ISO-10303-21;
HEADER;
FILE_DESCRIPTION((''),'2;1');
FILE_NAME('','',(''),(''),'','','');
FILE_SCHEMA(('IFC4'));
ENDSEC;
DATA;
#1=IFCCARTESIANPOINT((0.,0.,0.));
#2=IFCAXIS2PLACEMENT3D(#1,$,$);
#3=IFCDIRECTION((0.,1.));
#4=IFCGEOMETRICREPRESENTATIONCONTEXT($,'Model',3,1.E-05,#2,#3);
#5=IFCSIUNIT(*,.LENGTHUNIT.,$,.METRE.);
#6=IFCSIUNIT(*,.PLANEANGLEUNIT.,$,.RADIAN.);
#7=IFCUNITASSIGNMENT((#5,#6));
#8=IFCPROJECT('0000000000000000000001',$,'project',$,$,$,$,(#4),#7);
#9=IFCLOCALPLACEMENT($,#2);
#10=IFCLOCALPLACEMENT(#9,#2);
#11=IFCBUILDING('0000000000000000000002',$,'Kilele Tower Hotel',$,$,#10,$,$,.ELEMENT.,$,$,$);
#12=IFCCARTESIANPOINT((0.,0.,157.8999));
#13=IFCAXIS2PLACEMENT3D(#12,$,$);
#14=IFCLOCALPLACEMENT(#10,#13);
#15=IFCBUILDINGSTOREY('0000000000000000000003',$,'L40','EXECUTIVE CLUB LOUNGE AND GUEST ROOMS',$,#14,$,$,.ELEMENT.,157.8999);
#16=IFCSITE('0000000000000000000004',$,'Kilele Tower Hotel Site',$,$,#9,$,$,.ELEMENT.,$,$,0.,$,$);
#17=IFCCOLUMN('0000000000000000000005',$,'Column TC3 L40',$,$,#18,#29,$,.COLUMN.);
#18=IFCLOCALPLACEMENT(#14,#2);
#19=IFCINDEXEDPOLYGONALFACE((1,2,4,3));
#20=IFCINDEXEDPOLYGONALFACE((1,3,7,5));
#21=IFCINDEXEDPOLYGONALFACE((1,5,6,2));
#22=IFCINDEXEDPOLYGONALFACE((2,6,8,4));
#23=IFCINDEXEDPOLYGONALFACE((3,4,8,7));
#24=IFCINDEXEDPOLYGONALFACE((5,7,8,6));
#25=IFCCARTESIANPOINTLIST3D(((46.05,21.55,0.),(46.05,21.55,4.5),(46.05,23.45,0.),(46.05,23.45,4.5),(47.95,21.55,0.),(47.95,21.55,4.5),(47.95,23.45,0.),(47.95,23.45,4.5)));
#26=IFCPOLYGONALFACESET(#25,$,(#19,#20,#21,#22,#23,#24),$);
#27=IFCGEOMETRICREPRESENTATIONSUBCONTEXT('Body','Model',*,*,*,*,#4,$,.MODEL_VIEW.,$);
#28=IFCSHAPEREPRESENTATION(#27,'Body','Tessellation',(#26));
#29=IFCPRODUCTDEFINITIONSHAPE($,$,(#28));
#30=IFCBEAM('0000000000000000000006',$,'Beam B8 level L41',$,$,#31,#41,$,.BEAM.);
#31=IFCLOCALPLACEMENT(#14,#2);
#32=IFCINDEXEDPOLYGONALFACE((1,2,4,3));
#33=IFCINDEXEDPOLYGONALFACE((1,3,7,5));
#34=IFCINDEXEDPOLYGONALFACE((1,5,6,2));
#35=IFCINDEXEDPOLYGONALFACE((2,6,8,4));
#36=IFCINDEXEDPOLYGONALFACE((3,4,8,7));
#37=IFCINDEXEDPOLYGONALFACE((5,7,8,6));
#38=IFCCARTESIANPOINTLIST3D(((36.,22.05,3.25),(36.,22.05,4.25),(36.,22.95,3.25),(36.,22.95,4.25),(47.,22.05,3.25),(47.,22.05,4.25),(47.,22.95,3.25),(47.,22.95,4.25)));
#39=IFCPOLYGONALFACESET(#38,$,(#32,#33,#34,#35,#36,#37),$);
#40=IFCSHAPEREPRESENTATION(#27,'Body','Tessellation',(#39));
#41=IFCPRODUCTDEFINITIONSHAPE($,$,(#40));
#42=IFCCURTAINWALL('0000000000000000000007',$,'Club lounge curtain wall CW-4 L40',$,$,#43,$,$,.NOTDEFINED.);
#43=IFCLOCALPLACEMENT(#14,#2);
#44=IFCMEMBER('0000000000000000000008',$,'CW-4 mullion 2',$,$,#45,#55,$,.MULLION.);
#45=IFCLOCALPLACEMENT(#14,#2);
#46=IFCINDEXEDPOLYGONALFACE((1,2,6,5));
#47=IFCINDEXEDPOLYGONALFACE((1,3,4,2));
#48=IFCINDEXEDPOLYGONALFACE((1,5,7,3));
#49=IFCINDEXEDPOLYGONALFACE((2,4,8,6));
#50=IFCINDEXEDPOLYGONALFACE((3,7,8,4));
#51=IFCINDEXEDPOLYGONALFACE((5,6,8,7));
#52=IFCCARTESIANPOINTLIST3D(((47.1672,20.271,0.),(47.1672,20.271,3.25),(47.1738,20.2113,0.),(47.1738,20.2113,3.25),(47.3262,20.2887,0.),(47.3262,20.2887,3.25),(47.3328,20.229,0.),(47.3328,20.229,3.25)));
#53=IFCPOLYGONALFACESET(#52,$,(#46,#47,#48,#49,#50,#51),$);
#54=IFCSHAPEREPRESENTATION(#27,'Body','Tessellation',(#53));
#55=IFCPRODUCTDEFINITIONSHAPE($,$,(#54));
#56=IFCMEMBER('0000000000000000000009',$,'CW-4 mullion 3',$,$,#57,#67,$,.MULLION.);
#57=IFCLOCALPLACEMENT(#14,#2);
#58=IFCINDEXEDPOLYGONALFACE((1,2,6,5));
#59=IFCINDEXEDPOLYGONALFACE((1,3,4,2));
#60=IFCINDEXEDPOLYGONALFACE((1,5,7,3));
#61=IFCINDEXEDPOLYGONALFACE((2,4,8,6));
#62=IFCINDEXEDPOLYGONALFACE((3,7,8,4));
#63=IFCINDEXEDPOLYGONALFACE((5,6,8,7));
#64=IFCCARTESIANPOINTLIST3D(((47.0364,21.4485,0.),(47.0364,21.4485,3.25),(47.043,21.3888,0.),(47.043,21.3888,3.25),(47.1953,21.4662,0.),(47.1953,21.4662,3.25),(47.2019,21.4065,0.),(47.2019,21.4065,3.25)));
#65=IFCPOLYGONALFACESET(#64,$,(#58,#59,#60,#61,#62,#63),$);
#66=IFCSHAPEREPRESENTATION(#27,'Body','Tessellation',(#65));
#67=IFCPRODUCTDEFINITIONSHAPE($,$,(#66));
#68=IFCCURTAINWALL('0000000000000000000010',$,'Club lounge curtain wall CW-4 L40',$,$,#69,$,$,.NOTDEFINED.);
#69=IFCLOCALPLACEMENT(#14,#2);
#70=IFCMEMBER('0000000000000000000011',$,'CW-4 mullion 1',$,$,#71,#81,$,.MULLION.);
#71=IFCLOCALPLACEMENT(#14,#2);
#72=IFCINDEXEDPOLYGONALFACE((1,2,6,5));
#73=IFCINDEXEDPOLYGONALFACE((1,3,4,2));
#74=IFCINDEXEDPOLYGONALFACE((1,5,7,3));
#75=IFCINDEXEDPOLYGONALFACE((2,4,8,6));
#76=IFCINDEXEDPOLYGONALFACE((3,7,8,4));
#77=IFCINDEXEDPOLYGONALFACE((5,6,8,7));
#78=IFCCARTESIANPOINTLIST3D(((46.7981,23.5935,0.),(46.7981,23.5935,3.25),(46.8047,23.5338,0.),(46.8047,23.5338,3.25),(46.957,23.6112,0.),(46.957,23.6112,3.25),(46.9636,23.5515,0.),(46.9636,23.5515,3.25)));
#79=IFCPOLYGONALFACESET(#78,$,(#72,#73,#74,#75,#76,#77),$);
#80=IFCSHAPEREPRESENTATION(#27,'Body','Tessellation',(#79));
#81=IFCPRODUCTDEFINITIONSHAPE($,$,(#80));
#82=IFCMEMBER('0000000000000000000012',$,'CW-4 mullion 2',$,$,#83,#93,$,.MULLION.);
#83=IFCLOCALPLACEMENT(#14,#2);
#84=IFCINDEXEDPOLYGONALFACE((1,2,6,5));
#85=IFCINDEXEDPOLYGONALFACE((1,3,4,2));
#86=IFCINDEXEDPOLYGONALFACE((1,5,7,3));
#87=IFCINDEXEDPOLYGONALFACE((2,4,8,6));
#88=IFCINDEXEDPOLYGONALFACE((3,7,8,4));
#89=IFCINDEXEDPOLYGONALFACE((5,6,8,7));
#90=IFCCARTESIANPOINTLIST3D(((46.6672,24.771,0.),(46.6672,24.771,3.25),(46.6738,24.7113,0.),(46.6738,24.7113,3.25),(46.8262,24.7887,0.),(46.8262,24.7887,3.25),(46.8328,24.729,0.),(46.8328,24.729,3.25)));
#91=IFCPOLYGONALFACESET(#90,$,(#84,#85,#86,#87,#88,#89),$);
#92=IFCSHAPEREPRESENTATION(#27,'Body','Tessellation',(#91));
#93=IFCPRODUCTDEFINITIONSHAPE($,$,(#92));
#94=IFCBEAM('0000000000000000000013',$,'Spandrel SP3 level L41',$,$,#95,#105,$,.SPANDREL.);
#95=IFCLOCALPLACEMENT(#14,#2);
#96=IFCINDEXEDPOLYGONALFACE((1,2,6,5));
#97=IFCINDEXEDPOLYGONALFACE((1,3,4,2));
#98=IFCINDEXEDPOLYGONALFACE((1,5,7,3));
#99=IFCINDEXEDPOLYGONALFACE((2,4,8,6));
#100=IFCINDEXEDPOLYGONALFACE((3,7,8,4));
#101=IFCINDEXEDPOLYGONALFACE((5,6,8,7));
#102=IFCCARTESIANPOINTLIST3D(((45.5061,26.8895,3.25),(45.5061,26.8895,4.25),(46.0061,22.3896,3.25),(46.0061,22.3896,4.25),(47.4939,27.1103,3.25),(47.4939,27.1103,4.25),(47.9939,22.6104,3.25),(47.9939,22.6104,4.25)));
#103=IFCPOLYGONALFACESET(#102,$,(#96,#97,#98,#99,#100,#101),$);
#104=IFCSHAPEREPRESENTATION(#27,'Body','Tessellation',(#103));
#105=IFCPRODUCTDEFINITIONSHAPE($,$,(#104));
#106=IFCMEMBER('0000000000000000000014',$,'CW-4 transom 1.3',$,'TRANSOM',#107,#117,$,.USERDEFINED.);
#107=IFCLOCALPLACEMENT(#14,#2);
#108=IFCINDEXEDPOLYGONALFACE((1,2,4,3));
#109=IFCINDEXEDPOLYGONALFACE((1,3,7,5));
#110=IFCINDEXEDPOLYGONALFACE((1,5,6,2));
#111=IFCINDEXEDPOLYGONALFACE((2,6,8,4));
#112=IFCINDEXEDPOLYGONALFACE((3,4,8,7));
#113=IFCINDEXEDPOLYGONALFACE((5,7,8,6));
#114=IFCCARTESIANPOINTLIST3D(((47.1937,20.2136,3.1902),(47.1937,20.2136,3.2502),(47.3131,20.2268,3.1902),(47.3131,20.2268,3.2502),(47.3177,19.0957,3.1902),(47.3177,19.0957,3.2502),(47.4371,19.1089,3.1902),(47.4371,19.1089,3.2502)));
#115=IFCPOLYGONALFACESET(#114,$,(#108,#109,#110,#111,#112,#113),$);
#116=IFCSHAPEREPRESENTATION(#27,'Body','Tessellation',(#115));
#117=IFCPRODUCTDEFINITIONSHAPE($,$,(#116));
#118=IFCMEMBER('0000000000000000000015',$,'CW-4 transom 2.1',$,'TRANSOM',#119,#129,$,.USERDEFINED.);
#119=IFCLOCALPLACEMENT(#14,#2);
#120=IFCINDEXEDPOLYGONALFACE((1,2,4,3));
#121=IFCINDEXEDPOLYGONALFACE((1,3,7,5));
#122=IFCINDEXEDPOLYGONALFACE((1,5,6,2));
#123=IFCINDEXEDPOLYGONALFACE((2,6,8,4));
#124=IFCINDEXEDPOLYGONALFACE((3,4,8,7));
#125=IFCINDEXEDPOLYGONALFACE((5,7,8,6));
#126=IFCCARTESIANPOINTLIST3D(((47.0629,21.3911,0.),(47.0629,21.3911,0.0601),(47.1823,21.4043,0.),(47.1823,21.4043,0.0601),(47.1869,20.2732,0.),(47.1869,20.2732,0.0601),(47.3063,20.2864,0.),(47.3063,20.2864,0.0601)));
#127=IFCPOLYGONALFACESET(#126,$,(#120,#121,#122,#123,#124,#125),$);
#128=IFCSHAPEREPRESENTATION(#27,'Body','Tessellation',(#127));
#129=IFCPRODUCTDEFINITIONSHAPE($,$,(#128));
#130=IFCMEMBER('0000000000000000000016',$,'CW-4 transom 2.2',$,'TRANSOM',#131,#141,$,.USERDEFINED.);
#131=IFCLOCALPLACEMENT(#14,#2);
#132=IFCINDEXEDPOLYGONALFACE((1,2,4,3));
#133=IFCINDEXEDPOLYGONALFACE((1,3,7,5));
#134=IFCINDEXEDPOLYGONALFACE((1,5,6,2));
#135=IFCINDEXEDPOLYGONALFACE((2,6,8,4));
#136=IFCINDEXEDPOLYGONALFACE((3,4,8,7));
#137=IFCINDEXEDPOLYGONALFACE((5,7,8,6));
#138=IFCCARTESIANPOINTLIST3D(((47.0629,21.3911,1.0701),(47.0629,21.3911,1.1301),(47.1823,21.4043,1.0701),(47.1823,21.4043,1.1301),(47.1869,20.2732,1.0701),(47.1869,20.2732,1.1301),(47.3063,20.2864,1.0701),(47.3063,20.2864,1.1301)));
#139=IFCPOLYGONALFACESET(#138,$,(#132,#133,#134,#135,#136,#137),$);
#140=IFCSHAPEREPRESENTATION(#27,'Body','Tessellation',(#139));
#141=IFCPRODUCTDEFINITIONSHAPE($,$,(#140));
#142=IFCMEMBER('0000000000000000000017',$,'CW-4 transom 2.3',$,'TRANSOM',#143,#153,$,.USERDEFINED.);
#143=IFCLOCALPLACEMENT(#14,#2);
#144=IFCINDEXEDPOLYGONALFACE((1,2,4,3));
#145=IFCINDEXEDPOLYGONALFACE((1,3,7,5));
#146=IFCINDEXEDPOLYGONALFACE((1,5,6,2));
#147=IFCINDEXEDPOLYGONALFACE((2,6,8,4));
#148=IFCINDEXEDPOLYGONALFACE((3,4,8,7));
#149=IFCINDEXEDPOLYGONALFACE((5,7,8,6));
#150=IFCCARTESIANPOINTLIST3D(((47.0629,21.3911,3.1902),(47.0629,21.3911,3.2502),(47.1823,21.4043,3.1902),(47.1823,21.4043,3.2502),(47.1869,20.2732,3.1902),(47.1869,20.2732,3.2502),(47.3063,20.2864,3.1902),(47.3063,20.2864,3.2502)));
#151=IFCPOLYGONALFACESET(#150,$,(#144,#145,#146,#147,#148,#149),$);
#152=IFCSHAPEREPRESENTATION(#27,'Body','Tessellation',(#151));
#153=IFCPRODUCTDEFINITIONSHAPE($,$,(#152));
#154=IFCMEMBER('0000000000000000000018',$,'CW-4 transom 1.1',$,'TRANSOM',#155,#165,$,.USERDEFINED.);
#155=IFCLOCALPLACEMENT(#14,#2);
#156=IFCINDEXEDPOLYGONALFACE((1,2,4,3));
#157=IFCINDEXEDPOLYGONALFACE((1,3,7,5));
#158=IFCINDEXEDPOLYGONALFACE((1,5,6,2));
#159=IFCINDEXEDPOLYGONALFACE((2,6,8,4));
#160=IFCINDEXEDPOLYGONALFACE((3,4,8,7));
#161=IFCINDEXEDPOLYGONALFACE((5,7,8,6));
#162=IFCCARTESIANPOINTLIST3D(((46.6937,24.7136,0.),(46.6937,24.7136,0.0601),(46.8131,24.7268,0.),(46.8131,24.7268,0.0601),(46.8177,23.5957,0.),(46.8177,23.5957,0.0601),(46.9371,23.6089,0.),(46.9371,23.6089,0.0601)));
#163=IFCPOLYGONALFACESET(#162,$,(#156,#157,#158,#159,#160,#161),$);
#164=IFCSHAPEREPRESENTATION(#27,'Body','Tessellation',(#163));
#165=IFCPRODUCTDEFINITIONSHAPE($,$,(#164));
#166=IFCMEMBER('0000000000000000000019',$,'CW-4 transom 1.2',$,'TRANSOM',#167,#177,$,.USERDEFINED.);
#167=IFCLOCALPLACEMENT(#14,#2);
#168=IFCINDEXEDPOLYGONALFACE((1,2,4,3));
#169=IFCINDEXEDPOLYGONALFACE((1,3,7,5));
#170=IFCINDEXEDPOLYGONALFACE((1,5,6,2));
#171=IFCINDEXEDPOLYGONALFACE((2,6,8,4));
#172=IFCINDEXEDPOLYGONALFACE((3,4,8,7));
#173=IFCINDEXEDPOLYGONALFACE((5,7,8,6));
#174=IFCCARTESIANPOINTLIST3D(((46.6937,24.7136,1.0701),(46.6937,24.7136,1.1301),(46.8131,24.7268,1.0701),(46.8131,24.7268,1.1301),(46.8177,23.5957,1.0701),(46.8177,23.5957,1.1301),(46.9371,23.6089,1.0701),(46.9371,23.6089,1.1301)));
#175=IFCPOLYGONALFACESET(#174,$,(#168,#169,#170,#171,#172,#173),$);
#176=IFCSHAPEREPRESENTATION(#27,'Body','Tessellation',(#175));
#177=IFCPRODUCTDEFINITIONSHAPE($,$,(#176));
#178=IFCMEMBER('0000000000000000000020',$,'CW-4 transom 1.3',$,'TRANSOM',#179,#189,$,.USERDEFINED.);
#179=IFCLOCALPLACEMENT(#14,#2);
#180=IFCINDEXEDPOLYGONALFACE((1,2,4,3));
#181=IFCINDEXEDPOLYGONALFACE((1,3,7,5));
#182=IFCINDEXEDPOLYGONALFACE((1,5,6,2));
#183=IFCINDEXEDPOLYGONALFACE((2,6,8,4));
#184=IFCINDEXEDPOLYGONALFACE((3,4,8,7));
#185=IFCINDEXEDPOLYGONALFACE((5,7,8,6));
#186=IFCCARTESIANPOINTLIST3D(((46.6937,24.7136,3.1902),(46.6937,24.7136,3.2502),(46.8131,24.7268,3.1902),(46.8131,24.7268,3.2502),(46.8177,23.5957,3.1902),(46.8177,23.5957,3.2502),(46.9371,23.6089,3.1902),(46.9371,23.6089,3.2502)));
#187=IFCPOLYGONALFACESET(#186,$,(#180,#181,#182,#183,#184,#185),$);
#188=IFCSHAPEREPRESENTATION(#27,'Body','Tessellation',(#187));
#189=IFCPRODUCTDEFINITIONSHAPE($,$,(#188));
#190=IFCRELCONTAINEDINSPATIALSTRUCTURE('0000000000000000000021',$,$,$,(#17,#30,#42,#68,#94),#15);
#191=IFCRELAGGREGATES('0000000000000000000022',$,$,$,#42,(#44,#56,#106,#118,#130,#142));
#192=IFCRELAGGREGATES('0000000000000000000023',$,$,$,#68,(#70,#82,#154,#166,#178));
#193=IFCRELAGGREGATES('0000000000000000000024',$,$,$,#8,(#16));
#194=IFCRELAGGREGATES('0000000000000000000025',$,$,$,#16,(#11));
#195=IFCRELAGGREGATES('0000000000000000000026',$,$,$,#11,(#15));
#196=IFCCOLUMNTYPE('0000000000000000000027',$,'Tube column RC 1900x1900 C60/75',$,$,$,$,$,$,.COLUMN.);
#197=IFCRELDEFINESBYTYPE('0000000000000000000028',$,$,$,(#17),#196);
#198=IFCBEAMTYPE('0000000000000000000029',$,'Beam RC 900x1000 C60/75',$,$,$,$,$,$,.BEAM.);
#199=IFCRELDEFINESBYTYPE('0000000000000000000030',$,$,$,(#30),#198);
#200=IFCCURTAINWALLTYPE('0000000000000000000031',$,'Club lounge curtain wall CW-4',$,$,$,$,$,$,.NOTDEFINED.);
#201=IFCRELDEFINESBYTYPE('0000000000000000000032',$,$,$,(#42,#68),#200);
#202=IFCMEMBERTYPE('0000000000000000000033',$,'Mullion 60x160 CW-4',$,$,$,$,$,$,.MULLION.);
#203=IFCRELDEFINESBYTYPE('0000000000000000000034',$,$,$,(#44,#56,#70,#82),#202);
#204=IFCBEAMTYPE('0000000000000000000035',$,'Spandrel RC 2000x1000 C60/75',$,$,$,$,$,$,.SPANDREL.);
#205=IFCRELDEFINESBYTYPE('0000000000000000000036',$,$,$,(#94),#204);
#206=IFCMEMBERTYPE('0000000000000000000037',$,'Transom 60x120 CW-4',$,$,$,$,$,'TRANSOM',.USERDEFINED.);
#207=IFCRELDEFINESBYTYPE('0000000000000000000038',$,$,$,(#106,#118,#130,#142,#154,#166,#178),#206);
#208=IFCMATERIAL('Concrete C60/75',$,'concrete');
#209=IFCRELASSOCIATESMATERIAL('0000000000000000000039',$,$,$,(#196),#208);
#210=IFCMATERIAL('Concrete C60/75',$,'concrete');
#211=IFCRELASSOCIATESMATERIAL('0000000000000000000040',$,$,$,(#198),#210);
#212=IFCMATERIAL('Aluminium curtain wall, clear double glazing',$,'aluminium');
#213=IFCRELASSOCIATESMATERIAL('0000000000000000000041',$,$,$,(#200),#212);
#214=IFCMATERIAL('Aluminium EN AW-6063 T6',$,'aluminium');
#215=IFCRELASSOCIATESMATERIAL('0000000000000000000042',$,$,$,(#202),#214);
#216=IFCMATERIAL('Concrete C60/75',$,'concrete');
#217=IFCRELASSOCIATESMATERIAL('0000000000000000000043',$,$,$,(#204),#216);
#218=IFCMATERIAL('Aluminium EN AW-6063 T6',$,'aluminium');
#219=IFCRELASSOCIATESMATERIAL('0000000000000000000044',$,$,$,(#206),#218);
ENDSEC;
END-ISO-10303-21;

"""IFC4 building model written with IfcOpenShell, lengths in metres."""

from ifc_helpers import new_model, si_unit, direction, frame, origin, origin_2d, place, context, subcontext, project, spatial, rectangle, extrude, material, material_profile, profile_set, type_object, element, aggregate, save


model = new_model("IFC4")

# Units and contexts
model_context = context("Model", 3, precision=1e-05, world=origin(), true_north=direction((0.0, 1.0)))
body_context = subcontext(model_context, "Body", "Model", "MODEL_VIEW")
ifc_project = project(units=[si_unit("LENGTHUNIT", "METRE"), si_unit("PLANEANGLEUNIT", "RADIAN")], contexts=[model_context])

# Site, building, storey
site_placement = place(None, origin())
site = spatial("IfcSite", under=ifc_project, at=site_placement, Name="Kilele Tower Hotel Site", CompositionType="ELEMENT", RefElevation=0.0)
building_placement = place(site_placement, origin())
building = spatial("IfcBuilding", under=site, at=building_placement, Name="Kilele Tower Hotel", CompositionType="ELEMENT")
storey_placement = place(building_placement, frame((0.0, 0.0, 157.8999)))
storey = spatial("IfcBuildingStorey", under=building, at=storey_placement, Name="L40", Description="EXECUTIVE CLUB LOUNGE AND GUEST ROOMS", CompositionType="ELEMENT", Elevation=157.8999)

# Column
ifc_material_1 = material(Name="Concrete C60/75", Category="concrete")
ifc_material_profile_1 = material_profile(ifc_material_1, rectangle(XDim=1.8999, YDim=1.8999, at=origin_2d()))
ifc_profile_set_1 = profile_set([ifc_material_profile_1], Name="Concrete C60/75")
column_type = type_object("IfcColumnType", Name="Tube column RC 1900x1900 C60/75", PredefinedType="COLUMN", material=ifc_profile_set_1)
column_placement = place(storey_placement, frame((47.0, 22.5, 0.0), z_axis=(0.0, 0.0, 1.0), x_axis=(1.0, 0.0, 0.0)))
element("IfcColumn", 1, at=column_placement, inside=storey, type_object=column_type, Name="Column TC3 L40", PredefinedType="COLUMN", context=body_context, shape_type="SweptSolid", body=[
    extrude(rectangle(XDim=1.8999, YDim=1.8999, at=origin_2d()), origin(), (0.0, 0.0, 1.0), 4.5),
])

# Beam
ifc_material_2 = material(Name="Concrete C60/75", Category="concrete")
ifc_material_profile_2 = material_profile(ifc_material_2, rectangle(XDim=0.8999, YDim=1.0, at=origin_2d()))
ifc_profile_set_2 = profile_set([ifc_material_profile_2], Name="Concrete C60/75")
beam_type_1 = type_object("IfcBeamType", Name="Beam RC 900x1000 C60/75", PredefinedType="BEAM", material=ifc_profile_set_2)
beam_1_placement = place(storey_placement, frame((47.0, 22.5, 3.75), z_axis=(-1.0, 0.0, 0.0), x_axis=(0.0, -1.0, 0.0)))
element("IfcBeam", 2, at=beam_1_placement, inside=storey, type_object=beam_type_1, Name="Beam B8 level L41", PredefinedType="BEAM", context=body_context, shape_type="SweptSolid", body=[
    extrude(rectangle(XDim=0.8999, YDim=1.0, at=origin_2d()), origin(), (0.0, 0.0, 1.0), 11.0),
])

# Curtain walls, members
ifc_material_3 = material(Name="Aluminium curtain wall, clear double glazing", Category="aluminium")
curtain_wall_type = type_object("IfcCurtainWallType", Name="Club lounge curtain wall CW-4", PredefinedType="NOTDEFINED", material=ifc_material_3)
curtain_wall_1_placement = place(storey_placement, origin())
curtain_wall_1 = element("IfcCurtainWall", 3, at=curtain_wall_1_placement, inside=storey, type_object=curtain_wall_type, Name="Club lounge curtain wall CW-4 L40", PredefinedType="NOTDEFINED")
ifc_material_4 = material(Name="Aluminium EN AW-6063 T6", Category="aluminium")
ifc_material_profile_3 = material_profile(ifc_material_4, rectangle(XDim=0.1599, YDim=0.0601, at=origin_2d()))
ifc_profile_set_3 = profile_set([ifc_material_profile_3], Name="Aluminium EN AW-6063 T6")
member_type_1 = type_object("IfcMemberType", Name="Mullion 60x160 CW-4", PredefinedType="MULLION", material=ifc_profile_set_3)
member_1_placement = place(storey_placement, frame((47.25, 20.25, 0.0), z_axis=(0.0, 0.0, 1.0), x_axis=(-0.993884, -0.110432, 0.0)))
member_1 = element("IfcMember", 4, at=member_1_placement, type_object=member_type_1, Name="CW-4 mullion 2", PredefinedType="MULLION", context=body_context, shape_type="SweptSolid", body=[
    extrude(rectangle(XDim=0.1599, YDim=0.0601, at=origin_2d()), origin(), (0.0, 0.0, 1.0), 3.25),
])
member_2_placement = place(storey_placement, frame((47.1191, 21.4275, 0.0), z_axis=(0.0, 0.0, 1.0), x_axis=(-0.993884, -0.110432, 0.0)))
member_2 = element("IfcMember", 5, at=member_2_placement, type_object=member_type_1, Name="CW-4 mullion 3", PredefinedType="MULLION", context=body_context, shape_type="SweptSolid", body=[
    extrude(rectangle(XDim=0.1599, YDim=0.0601, at=origin_2d()), origin(), (0.0, 0.0, 1.0), 3.25),
])
curtain_wall_2_placement = place(storey_placement, origin())
curtain_wall_2 = element("IfcCurtainWall", 6, at=curtain_wall_2_placement, inside=storey, type_object=curtain_wall_type, Name="Club lounge curtain wall CW-4 L40", PredefinedType="NOTDEFINED")
member_3_placement = place(storey_placement, frame((46.8809, 23.5725, 0.0), z_axis=(0.0, 0.0, 1.0), x_axis=(-0.993884, -0.110432, 0.0)))
member_3 = element("IfcMember", 7, at=member_3_placement, type_object=member_type_1, Name="CW-4 mullion 1", PredefinedType="MULLION", context=body_context, shape_type="SweptSolid", body=[
    extrude(rectangle(XDim=0.1599, YDim=0.0601, at=origin_2d()), origin(), (0.0, 0.0, 1.0), 3.25),
])
member_4_placement = place(storey_placement, frame((46.75, 24.75, 0.0), z_axis=(0.0, 0.0, 1.0), x_axis=(-0.993884, -0.110432, 0.0)))
member_4 = element("IfcMember", 8, at=member_4_placement, type_object=member_type_1, Name="CW-4 mullion 2", PredefinedType="MULLION", context=body_context, shape_type="SweptSolid", body=[
    extrude(rectangle(XDim=0.1599, YDim=0.0601, at=origin_2d()), origin(), (0.0, 0.0, 1.0), 3.25),
])

# Beam
ifc_material_5 = material(Name="Concrete C60/75", Category="concrete")
ifc_material_profile_4 = material_profile(ifc_material_5, rectangle(XDim=2.0, YDim=1.0, at=origin_2d()))
ifc_profile_set_4 = profile_set([ifc_material_profile_4], Name="Concrete C60/75")
beam_type_2 = type_object("IfcBeamType", Name="Spandrel RC 2000x1000 C60/75", PredefinedType="SPANDREL", material=ifc_profile_set_4)
beam_2_placement = place(storey_placement, frame((47.0, 22.5, 3.75), z_axis=(-0.110432, 0.993884, 0.0), x_axis=(-0.993884, -0.110432, 0.0)))
element("IfcBeam", 9, at=beam_2_placement, inside=storey, type_object=beam_type_2, Name="Spandrel SP3 level L41", PredefinedType="SPANDREL", context=body_context, shape_type="SweptSolid", body=[
    extrude(rectangle(XDim=2.0, YDim=1.0, at=origin_2d()), origin(), (0.0, 0.0, 1.0), 4.5276),
])

# Members
ifc_material_6 = material(Name="Aluminium EN AW-6063 T6", Category="aluminium")
ifc_material_profile_5 = material_profile(ifc_material_6, rectangle(XDim=0.1201, YDim=0.0601, at=origin_2d()))
ifc_profile_set_5 = profile_set([ifc_material_profile_5], Name="Aluminium EN AW-6063 T6")
member_type_2 = type_object("IfcMemberType", Name="Transom 60x120 CW-4", ElementType="TRANSOM", PredefinedType="USERDEFINED", material=ifc_profile_set_5)
member_5_placement = place(storey_placement, frame((47.3774, 19.1023, 3.2202), z_axis=(-0.110265, 0.993902, 0.0), x_axis=(-0.993902, -0.110265, 0.0)))
member_5 = element("IfcMember", 10, at=member_5_placement, type_object=member_type_2, Name="CW-4 transom 1.3", ObjectType="TRANSOM", PredefinedType="USERDEFINED", context=body_context, shape_type="SweptSolid", body=[
    extrude(rectangle(XDim=0.1201, YDim=0.0601, at=origin_2d()), origin(), (0.0, 0.0, 1.0), 1.1248),
])
member_6_placement = place(storey_placement, frame((47.2466, 20.2798, 0.03), z_axis=(-0.110265, 0.993902, 0.0), x_axis=(-0.993902, -0.110265, 0.0)))
member_6 = element("IfcMember", 11, at=member_6_placement, type_object=member_type_2, Name="CW-4 transom 2.1", ObjectType="TRANSOM", PredefinedType="USERDEFINED", context=body_context, shape_type="SweptSolid", body=[
    extrude(rectangle(XDim=0.1201, YDim=0.0601, at=origin_2d()), origin(), (0.0, 0.0, 1.0), 1.1248),
])
member_7_placement = place(storey_placement, frame((47.2466, 20.2798, 1.1001), z_axis=(-0.110265, 0.993902, 0.0), x_axis=(-0.993902, -0.110265, 0.0)))
member_7 = element("IfcMember", 12, at=member_7_placement, type_object=member_type_2, Name="CW-4 transom 2.2", ObjectType="TRANSOM", PredefinedType="USERDEFINED", context=body_context, shape_type="SweptSolid", body=[
    extrude(rectangle(XDim=0.1201, YDim=0.0601, at=origin_2d()), origin(), (0.0, 0.0, 1.0), 1.1248),
])
member_8_placement = place(storey_placement, frame((47.2466, 20.2798, 3.2202), z_axis=(-0.110265, 0.993902, 0.0), x_axis=(-0.993902, -0.110265, 0.0)))
member_8 = element("IfcMember", 13, at=member_8_placement, type_object=member_type_2, Name="CW-4 transom 2.3", ObjectType="TRANSOM", PredefinedType="USERDEFINED", context=body_context, shape_type="SweptSolid", body=[
    extrude(rectangle(XDim=0.1201, YDim=0.0601, at=origin_2d()), origin(), (0.0, 0.0, 1.0), 1.1248),
])
member_9_placement = place(storey_placement, frame((46.8774, 23.6023, 0.03), z_axis=(-0.110265, 0.993902, 0.0), x_axis=(-0.993902, -0.110265, 0.0)))
member_9 = element("IfcMember", 14, at=member_9_placement, type_object=member_type_2, Name="CW-4 transom 1.1", ObjectType="TRANSOM", PredefinedType="USERDEFINED", context=body_context, shape_type="SweptSolid", body=[
    extrude(rectangle(XDim=0.1201, YDim=0.0601, at=origin_2d()), origin(), (0.0, 0.0, 1.0), 1.1248),
])
member_10_placement = place(storey_placement, frame((46.8774, 23.6023, 1.1001), z_axis=(-0.110265, 0.993902, 0.0), x_axis=(-0.993902, -0.110265, 0.0)))
member_10 = element("IfcMember", 15, at=member_10_placement, type_object=member_type_2, Name="CW-4 transom 1.2", ObjectType="TRANSOM", PredefinedType="USERDEFINED", context=body_context, shape_type="SweptSolid", body=[
    extrude(rectangle(XDim=0.1201, YDim=0.0601, at=origin_2d()), origin(), (0.0, 0.0, 1.0), 1.1248),
])
member_11_placement = place(storey_placement, frame((46.8774, 23.6023, 3.2202), z_axis=(-0.110265, 0.993902, 0.0), x_axis=(-0.993902, -0.110265, 0.0)))
member_11 = element("IfcMember", 16, at=member_11_placement, type_object=member_type_2, Name="CW-4 transom 1.3", ObjectType="TRANSOM", PredefinedType="USERDEFINED", context=body_context, shape_type="SweptSolid", body=[
    extrude(rectangle(XDim=0.1201, YDim=0.0601, at=origin_2d()), origin(), (0.0, 0.0, 1.0), 1.1248),
])

aggregate(curtain_wall_1, [member_1, member_2, member_5, member_6, member_7, member_8])
aggregate(curtain_wall_2, [member_3, member_4, member_9, member_10, member_11])

save(model, "model.ifc")
